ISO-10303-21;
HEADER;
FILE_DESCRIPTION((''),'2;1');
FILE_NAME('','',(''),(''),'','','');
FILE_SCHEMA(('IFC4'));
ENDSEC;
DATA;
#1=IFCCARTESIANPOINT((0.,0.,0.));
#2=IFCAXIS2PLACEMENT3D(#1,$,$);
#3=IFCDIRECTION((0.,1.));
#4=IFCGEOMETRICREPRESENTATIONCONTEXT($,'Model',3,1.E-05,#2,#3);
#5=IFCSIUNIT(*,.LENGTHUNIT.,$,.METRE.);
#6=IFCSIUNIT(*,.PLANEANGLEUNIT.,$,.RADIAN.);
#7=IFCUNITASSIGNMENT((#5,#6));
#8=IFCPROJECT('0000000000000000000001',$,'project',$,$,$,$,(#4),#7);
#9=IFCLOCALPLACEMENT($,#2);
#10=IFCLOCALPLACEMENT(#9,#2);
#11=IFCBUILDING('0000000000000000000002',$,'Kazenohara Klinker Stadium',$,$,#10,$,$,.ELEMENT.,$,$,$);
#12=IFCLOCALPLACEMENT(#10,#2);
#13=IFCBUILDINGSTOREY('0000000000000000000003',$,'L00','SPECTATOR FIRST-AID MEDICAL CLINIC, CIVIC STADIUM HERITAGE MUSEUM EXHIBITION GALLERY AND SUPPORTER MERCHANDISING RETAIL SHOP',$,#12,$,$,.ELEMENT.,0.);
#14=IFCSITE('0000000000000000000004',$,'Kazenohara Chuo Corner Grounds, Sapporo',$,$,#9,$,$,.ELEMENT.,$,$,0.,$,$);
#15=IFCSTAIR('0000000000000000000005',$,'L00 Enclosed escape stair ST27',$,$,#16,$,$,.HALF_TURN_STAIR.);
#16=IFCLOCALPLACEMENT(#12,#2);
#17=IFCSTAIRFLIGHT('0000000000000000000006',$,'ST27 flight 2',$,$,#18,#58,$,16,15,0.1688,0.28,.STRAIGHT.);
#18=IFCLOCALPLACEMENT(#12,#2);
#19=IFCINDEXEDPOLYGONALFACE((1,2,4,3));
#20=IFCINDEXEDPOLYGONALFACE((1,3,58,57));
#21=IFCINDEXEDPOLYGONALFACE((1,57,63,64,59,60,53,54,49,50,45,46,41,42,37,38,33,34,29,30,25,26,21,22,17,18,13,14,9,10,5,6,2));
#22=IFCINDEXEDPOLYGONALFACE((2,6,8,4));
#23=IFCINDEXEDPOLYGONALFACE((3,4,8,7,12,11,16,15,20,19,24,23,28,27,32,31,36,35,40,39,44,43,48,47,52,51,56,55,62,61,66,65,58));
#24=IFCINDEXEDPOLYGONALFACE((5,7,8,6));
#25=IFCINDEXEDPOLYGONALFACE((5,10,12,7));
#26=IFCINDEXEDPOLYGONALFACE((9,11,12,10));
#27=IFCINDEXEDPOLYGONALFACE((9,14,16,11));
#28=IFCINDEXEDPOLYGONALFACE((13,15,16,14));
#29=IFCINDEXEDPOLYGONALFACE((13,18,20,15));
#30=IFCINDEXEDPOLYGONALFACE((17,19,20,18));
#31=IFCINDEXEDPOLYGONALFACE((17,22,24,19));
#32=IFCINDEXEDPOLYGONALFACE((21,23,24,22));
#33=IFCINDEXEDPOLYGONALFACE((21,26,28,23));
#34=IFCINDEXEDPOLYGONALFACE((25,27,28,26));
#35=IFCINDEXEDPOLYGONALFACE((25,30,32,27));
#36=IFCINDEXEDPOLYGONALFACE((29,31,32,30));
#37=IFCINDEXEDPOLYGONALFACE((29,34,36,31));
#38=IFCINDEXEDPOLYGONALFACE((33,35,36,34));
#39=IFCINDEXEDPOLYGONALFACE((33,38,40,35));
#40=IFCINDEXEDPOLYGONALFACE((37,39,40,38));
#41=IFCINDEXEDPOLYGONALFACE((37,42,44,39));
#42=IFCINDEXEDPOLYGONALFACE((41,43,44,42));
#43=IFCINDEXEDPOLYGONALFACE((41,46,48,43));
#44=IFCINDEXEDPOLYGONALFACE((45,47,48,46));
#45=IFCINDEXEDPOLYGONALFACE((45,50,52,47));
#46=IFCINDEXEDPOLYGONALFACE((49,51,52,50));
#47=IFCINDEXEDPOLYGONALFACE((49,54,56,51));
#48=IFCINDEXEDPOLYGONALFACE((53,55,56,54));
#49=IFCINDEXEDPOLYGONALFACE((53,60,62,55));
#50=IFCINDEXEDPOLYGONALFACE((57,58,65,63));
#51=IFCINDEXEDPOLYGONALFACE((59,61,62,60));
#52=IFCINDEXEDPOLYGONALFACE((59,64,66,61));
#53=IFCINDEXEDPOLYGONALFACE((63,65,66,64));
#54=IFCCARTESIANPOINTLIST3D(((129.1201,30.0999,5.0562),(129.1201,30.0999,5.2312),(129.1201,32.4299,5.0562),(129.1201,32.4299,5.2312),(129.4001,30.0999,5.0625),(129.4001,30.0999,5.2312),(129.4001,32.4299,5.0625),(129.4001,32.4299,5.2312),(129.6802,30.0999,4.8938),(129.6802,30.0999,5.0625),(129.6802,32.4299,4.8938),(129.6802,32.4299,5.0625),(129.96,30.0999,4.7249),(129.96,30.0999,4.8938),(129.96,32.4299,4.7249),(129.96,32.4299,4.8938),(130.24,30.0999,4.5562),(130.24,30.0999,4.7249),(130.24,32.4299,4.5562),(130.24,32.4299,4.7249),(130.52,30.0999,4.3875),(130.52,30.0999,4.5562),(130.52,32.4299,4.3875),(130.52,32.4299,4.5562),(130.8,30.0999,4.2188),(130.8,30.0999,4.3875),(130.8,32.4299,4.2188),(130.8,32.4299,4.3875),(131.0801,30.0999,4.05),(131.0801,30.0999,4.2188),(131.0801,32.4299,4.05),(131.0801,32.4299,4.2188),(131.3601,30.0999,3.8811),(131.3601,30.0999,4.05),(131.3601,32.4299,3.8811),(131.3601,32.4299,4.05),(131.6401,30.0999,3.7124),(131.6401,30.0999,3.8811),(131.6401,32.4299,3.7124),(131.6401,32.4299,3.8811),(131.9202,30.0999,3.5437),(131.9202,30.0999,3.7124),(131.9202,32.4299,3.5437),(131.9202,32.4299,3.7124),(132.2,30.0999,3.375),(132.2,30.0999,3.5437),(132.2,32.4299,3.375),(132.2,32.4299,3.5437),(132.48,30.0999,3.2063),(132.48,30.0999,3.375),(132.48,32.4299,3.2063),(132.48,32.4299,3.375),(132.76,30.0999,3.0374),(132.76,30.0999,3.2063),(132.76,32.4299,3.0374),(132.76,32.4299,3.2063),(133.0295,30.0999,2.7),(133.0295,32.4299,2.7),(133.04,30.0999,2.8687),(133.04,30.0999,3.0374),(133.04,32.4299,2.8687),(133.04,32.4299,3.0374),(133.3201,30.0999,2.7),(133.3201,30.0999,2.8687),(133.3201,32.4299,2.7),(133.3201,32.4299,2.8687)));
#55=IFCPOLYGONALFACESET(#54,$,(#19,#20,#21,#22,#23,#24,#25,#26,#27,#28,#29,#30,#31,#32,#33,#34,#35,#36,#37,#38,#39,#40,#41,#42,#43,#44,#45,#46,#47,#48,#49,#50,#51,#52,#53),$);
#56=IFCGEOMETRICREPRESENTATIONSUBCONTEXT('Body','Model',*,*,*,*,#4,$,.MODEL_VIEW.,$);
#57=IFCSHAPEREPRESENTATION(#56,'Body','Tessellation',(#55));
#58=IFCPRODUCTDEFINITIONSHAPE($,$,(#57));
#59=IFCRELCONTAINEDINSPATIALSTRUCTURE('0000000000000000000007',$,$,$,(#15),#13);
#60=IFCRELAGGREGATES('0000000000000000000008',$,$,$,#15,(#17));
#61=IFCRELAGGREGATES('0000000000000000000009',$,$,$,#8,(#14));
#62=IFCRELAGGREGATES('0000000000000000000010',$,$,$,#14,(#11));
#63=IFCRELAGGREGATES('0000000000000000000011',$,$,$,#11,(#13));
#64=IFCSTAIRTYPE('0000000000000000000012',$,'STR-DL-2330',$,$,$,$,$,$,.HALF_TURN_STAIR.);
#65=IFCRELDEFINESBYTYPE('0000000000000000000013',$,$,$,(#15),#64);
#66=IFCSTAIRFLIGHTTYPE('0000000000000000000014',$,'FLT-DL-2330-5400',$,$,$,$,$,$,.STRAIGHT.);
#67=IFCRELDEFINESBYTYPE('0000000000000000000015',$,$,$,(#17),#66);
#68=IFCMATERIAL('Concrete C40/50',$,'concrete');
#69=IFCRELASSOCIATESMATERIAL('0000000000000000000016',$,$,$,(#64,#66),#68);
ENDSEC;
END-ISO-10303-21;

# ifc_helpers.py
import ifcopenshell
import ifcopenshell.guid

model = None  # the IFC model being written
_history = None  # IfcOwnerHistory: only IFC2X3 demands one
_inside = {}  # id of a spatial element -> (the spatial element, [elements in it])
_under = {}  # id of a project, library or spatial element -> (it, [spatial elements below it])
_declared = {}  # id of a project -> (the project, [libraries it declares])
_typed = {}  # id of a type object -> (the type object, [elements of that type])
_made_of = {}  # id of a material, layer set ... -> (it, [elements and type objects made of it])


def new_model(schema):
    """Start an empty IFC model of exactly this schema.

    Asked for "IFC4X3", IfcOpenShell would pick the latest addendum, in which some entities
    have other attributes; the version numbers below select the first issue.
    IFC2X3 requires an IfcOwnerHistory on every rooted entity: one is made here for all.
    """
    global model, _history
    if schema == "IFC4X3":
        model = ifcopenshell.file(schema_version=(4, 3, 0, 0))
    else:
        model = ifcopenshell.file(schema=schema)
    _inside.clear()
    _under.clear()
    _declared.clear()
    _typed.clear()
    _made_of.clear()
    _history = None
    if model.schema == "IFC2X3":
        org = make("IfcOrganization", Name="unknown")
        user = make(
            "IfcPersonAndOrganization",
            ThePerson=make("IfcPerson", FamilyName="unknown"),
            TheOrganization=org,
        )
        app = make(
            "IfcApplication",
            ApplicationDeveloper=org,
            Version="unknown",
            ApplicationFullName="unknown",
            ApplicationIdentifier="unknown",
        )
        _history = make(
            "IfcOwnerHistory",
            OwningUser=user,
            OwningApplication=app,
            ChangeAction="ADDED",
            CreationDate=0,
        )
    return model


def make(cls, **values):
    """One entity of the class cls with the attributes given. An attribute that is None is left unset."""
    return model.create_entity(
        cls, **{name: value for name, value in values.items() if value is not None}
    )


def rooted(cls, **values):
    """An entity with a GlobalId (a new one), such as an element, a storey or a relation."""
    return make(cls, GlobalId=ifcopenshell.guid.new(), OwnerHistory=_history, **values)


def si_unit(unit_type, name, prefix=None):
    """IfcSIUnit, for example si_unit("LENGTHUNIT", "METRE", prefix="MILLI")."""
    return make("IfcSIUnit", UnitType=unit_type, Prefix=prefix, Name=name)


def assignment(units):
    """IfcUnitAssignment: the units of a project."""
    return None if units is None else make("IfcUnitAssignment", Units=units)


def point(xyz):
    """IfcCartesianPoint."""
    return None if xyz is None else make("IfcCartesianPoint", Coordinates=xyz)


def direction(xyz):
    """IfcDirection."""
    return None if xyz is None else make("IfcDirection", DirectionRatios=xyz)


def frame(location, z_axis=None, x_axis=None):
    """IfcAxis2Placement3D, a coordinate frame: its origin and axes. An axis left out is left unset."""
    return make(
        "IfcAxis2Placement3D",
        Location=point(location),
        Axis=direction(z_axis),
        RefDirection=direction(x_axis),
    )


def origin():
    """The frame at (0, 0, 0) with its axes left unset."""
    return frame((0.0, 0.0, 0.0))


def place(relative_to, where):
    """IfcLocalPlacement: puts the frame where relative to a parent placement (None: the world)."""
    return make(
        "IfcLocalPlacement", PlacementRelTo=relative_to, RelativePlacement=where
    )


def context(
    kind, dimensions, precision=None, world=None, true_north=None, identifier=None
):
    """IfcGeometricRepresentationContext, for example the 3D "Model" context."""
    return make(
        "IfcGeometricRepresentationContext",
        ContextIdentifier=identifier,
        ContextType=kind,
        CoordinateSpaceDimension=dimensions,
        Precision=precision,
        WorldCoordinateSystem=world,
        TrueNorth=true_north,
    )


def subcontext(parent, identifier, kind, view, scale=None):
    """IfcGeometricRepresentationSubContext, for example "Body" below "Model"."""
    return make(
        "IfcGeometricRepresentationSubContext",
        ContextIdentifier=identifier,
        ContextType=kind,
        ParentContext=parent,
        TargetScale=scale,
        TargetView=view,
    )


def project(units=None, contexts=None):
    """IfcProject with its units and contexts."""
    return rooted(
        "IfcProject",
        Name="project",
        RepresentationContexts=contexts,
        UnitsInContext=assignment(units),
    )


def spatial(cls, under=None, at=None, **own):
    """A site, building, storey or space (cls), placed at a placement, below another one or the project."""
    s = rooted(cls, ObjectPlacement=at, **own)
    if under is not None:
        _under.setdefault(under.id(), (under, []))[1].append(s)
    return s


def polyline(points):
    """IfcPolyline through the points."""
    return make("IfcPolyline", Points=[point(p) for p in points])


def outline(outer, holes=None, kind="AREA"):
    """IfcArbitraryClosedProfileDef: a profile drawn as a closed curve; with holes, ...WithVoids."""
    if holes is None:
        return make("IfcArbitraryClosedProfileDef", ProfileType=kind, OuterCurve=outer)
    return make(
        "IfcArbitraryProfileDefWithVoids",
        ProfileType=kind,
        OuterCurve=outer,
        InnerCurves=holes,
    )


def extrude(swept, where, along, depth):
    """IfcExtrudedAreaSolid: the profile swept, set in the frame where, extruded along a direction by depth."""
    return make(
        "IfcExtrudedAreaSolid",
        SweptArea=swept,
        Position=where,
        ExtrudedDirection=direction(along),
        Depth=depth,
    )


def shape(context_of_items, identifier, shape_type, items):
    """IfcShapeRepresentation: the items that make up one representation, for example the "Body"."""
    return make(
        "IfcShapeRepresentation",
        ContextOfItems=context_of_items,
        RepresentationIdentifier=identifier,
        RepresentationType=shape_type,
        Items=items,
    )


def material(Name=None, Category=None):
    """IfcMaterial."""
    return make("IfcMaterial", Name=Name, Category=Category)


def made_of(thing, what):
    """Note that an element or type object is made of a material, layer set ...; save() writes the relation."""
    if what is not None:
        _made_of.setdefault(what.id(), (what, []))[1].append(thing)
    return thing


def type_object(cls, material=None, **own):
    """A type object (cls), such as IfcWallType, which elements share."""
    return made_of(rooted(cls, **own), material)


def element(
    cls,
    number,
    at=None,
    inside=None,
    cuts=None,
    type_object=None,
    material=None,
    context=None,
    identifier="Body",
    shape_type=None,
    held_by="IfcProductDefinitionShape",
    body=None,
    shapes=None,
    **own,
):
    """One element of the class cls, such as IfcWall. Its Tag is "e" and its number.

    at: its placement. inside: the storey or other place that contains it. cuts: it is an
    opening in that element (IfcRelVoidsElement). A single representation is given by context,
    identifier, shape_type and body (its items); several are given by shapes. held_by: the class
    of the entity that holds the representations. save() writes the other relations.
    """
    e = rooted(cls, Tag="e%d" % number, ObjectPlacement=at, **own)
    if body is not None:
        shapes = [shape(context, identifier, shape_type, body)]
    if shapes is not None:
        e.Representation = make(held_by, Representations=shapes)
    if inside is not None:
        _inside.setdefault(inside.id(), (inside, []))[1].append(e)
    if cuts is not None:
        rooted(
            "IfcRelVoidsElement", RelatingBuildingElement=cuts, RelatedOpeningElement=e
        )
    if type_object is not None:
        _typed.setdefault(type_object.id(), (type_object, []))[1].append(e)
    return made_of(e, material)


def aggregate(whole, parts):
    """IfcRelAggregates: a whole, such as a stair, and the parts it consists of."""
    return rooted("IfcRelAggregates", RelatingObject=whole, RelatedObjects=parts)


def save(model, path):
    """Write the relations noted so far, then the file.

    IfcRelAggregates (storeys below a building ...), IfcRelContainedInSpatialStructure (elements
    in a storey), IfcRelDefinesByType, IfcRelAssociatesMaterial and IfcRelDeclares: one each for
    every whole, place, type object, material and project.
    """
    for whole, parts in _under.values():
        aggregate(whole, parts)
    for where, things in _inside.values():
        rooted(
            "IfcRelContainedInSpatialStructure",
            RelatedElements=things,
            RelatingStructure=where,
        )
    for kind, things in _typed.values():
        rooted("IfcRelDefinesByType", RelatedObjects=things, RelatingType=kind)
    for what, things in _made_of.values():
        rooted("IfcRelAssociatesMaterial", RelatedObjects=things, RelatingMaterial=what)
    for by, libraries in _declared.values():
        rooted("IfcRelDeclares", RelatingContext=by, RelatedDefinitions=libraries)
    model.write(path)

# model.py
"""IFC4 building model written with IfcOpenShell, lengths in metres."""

from ifc_helpers import new_model, si_unit, direction, frame, origin, place, context, subcontext, project, spatial, polyline, outline, extrude, material, type_object, element, aggregate, save


model = new_model("IFC4")

# Units and contexts
model_context = context("Model", 3, precision=1e-05, world=origin(), true_north=direction((0.0, 1.0)))
body_context = subcontext(model_context, "Body", "Model", "MODEL_VIEW")
ifc_project = project(units=[si_unit("LENGTHUNIT", "METRE"), si_unit("PLANEANGLEUNIT", "RADIAN")], contexts=[model_context])

# Site, building, storey
site_placement = place(None, origin())
site = spatial("IfcSite", under=ifc_project, at=site_placement, Name="Kazenohara Chuo Corner Grounds, Sapporo", CompositionType="ELEMENT", RefElevation=0.0)
building_placement = place(site_placement, origin())
building = spatial("IfcBuilding", under=site, at=building_placement, Name="Kazenohara Klinker Stadium", CompositionType="ELEMENT")
storey_placement = place(building_placement, origin())
storey = spatial("IfcBuildingStorey", under=building, at=storey_placement, Name="L00", Description="SPECTATOR FIRST-AID MEDICAL CLINIC, CIVIC STADIUM HERITAGE MUSEUM EXHIBITION GALLERY AND SUPPORTER MERCHANDISING RETAIL SHOP", CompositionType="ELEMENT", Elevation=0.0)

# Shared definitions
ifc_material_1 = material(Name="Concrete C40/50", Category="concrete")

# Stair, stair flight
stair_type = type_object("IfcStairType", Name="STR-DL-2330", PredefinedType="HALF_TURN_STAIR", material=ifc_material_1)
stair_placement = place(storey_placement, origin())
stair = element("IfcStair", 1, at=stair_placement, inside=storey, type_object=stair_type, Name="L00 Enclosed escape stair ST27", PredefinedType="HALF_TURN_STAIR")
stair_flight_type = type_object("IfcStairFlightType", Name="FLT-DL-2330-5400", PredefinedType="STRAIGHT", material=ifc_material_1)
stair_flight_1_placement = place(storey_placement, frame((133.3201, 31.2649, 2.7), z_axis=(0.0, 0.0, 1.0), x_axis=(-1.0, 0.0, 0.0)))
stair_flight_1 = element("IfcStairFlight", 2, at=stair_flight_1_placement, type_object=stair_flight_type, Name="ST27 flight 2", NumberOfRisers=16, NumberOfTreads=15, PredefinedType="STRAIGHT", RiserHeight=0.1688, TreadLength=0.28, context=body_context, shape_type="SweptSolid", body=[
    extrude(outline(polyline([(0.0, 0.0), (0.0, 0.1687), (0.28, 0.1687), (0.28, 0.3374), (0.5601, 0.3374), (0.5601, 0.5063), (0.8401, 0.5063), (0.8401, 0.675), (1.1201, 0.675), (1.1201, 0.8438), (1.3999, 0.8438), (1.3999, 1.0125), (1.6799, 1.0125), (1.6799, 1.1812), (1.96, 1.1812), (1.96, 1.3501), (2.24, 1.3501), (2.24, 1.5188), (2.52, 1.5188), (2.52, 1.6875), (2.8, 1.6875), (2.8, 1.8562), (3.0801, 1.8562), (3.0801, 2.0249), (3.3601, 2.0249), (3.3601, 2.1938), (3.6399, 2.1938), (3.6399, 2.3625), (3.9199, 2.3625), (3.9199, 2.5312), (4.2, 2.5312), (4.2, 2.7), (4.2, 2.3562), (0.2905, 0.0), (0.0, 0.0)])), frame((0.0, 1.165, 0.0), z_axis=(0.0, -1.0, 0.0), x_axis=(1.0, 0.0, 0.0)), (0.0, 0.0, 1.0), 2.3301),
])
aggregate(stair, [stair_flight_1])

save(model, "model.ifc")
